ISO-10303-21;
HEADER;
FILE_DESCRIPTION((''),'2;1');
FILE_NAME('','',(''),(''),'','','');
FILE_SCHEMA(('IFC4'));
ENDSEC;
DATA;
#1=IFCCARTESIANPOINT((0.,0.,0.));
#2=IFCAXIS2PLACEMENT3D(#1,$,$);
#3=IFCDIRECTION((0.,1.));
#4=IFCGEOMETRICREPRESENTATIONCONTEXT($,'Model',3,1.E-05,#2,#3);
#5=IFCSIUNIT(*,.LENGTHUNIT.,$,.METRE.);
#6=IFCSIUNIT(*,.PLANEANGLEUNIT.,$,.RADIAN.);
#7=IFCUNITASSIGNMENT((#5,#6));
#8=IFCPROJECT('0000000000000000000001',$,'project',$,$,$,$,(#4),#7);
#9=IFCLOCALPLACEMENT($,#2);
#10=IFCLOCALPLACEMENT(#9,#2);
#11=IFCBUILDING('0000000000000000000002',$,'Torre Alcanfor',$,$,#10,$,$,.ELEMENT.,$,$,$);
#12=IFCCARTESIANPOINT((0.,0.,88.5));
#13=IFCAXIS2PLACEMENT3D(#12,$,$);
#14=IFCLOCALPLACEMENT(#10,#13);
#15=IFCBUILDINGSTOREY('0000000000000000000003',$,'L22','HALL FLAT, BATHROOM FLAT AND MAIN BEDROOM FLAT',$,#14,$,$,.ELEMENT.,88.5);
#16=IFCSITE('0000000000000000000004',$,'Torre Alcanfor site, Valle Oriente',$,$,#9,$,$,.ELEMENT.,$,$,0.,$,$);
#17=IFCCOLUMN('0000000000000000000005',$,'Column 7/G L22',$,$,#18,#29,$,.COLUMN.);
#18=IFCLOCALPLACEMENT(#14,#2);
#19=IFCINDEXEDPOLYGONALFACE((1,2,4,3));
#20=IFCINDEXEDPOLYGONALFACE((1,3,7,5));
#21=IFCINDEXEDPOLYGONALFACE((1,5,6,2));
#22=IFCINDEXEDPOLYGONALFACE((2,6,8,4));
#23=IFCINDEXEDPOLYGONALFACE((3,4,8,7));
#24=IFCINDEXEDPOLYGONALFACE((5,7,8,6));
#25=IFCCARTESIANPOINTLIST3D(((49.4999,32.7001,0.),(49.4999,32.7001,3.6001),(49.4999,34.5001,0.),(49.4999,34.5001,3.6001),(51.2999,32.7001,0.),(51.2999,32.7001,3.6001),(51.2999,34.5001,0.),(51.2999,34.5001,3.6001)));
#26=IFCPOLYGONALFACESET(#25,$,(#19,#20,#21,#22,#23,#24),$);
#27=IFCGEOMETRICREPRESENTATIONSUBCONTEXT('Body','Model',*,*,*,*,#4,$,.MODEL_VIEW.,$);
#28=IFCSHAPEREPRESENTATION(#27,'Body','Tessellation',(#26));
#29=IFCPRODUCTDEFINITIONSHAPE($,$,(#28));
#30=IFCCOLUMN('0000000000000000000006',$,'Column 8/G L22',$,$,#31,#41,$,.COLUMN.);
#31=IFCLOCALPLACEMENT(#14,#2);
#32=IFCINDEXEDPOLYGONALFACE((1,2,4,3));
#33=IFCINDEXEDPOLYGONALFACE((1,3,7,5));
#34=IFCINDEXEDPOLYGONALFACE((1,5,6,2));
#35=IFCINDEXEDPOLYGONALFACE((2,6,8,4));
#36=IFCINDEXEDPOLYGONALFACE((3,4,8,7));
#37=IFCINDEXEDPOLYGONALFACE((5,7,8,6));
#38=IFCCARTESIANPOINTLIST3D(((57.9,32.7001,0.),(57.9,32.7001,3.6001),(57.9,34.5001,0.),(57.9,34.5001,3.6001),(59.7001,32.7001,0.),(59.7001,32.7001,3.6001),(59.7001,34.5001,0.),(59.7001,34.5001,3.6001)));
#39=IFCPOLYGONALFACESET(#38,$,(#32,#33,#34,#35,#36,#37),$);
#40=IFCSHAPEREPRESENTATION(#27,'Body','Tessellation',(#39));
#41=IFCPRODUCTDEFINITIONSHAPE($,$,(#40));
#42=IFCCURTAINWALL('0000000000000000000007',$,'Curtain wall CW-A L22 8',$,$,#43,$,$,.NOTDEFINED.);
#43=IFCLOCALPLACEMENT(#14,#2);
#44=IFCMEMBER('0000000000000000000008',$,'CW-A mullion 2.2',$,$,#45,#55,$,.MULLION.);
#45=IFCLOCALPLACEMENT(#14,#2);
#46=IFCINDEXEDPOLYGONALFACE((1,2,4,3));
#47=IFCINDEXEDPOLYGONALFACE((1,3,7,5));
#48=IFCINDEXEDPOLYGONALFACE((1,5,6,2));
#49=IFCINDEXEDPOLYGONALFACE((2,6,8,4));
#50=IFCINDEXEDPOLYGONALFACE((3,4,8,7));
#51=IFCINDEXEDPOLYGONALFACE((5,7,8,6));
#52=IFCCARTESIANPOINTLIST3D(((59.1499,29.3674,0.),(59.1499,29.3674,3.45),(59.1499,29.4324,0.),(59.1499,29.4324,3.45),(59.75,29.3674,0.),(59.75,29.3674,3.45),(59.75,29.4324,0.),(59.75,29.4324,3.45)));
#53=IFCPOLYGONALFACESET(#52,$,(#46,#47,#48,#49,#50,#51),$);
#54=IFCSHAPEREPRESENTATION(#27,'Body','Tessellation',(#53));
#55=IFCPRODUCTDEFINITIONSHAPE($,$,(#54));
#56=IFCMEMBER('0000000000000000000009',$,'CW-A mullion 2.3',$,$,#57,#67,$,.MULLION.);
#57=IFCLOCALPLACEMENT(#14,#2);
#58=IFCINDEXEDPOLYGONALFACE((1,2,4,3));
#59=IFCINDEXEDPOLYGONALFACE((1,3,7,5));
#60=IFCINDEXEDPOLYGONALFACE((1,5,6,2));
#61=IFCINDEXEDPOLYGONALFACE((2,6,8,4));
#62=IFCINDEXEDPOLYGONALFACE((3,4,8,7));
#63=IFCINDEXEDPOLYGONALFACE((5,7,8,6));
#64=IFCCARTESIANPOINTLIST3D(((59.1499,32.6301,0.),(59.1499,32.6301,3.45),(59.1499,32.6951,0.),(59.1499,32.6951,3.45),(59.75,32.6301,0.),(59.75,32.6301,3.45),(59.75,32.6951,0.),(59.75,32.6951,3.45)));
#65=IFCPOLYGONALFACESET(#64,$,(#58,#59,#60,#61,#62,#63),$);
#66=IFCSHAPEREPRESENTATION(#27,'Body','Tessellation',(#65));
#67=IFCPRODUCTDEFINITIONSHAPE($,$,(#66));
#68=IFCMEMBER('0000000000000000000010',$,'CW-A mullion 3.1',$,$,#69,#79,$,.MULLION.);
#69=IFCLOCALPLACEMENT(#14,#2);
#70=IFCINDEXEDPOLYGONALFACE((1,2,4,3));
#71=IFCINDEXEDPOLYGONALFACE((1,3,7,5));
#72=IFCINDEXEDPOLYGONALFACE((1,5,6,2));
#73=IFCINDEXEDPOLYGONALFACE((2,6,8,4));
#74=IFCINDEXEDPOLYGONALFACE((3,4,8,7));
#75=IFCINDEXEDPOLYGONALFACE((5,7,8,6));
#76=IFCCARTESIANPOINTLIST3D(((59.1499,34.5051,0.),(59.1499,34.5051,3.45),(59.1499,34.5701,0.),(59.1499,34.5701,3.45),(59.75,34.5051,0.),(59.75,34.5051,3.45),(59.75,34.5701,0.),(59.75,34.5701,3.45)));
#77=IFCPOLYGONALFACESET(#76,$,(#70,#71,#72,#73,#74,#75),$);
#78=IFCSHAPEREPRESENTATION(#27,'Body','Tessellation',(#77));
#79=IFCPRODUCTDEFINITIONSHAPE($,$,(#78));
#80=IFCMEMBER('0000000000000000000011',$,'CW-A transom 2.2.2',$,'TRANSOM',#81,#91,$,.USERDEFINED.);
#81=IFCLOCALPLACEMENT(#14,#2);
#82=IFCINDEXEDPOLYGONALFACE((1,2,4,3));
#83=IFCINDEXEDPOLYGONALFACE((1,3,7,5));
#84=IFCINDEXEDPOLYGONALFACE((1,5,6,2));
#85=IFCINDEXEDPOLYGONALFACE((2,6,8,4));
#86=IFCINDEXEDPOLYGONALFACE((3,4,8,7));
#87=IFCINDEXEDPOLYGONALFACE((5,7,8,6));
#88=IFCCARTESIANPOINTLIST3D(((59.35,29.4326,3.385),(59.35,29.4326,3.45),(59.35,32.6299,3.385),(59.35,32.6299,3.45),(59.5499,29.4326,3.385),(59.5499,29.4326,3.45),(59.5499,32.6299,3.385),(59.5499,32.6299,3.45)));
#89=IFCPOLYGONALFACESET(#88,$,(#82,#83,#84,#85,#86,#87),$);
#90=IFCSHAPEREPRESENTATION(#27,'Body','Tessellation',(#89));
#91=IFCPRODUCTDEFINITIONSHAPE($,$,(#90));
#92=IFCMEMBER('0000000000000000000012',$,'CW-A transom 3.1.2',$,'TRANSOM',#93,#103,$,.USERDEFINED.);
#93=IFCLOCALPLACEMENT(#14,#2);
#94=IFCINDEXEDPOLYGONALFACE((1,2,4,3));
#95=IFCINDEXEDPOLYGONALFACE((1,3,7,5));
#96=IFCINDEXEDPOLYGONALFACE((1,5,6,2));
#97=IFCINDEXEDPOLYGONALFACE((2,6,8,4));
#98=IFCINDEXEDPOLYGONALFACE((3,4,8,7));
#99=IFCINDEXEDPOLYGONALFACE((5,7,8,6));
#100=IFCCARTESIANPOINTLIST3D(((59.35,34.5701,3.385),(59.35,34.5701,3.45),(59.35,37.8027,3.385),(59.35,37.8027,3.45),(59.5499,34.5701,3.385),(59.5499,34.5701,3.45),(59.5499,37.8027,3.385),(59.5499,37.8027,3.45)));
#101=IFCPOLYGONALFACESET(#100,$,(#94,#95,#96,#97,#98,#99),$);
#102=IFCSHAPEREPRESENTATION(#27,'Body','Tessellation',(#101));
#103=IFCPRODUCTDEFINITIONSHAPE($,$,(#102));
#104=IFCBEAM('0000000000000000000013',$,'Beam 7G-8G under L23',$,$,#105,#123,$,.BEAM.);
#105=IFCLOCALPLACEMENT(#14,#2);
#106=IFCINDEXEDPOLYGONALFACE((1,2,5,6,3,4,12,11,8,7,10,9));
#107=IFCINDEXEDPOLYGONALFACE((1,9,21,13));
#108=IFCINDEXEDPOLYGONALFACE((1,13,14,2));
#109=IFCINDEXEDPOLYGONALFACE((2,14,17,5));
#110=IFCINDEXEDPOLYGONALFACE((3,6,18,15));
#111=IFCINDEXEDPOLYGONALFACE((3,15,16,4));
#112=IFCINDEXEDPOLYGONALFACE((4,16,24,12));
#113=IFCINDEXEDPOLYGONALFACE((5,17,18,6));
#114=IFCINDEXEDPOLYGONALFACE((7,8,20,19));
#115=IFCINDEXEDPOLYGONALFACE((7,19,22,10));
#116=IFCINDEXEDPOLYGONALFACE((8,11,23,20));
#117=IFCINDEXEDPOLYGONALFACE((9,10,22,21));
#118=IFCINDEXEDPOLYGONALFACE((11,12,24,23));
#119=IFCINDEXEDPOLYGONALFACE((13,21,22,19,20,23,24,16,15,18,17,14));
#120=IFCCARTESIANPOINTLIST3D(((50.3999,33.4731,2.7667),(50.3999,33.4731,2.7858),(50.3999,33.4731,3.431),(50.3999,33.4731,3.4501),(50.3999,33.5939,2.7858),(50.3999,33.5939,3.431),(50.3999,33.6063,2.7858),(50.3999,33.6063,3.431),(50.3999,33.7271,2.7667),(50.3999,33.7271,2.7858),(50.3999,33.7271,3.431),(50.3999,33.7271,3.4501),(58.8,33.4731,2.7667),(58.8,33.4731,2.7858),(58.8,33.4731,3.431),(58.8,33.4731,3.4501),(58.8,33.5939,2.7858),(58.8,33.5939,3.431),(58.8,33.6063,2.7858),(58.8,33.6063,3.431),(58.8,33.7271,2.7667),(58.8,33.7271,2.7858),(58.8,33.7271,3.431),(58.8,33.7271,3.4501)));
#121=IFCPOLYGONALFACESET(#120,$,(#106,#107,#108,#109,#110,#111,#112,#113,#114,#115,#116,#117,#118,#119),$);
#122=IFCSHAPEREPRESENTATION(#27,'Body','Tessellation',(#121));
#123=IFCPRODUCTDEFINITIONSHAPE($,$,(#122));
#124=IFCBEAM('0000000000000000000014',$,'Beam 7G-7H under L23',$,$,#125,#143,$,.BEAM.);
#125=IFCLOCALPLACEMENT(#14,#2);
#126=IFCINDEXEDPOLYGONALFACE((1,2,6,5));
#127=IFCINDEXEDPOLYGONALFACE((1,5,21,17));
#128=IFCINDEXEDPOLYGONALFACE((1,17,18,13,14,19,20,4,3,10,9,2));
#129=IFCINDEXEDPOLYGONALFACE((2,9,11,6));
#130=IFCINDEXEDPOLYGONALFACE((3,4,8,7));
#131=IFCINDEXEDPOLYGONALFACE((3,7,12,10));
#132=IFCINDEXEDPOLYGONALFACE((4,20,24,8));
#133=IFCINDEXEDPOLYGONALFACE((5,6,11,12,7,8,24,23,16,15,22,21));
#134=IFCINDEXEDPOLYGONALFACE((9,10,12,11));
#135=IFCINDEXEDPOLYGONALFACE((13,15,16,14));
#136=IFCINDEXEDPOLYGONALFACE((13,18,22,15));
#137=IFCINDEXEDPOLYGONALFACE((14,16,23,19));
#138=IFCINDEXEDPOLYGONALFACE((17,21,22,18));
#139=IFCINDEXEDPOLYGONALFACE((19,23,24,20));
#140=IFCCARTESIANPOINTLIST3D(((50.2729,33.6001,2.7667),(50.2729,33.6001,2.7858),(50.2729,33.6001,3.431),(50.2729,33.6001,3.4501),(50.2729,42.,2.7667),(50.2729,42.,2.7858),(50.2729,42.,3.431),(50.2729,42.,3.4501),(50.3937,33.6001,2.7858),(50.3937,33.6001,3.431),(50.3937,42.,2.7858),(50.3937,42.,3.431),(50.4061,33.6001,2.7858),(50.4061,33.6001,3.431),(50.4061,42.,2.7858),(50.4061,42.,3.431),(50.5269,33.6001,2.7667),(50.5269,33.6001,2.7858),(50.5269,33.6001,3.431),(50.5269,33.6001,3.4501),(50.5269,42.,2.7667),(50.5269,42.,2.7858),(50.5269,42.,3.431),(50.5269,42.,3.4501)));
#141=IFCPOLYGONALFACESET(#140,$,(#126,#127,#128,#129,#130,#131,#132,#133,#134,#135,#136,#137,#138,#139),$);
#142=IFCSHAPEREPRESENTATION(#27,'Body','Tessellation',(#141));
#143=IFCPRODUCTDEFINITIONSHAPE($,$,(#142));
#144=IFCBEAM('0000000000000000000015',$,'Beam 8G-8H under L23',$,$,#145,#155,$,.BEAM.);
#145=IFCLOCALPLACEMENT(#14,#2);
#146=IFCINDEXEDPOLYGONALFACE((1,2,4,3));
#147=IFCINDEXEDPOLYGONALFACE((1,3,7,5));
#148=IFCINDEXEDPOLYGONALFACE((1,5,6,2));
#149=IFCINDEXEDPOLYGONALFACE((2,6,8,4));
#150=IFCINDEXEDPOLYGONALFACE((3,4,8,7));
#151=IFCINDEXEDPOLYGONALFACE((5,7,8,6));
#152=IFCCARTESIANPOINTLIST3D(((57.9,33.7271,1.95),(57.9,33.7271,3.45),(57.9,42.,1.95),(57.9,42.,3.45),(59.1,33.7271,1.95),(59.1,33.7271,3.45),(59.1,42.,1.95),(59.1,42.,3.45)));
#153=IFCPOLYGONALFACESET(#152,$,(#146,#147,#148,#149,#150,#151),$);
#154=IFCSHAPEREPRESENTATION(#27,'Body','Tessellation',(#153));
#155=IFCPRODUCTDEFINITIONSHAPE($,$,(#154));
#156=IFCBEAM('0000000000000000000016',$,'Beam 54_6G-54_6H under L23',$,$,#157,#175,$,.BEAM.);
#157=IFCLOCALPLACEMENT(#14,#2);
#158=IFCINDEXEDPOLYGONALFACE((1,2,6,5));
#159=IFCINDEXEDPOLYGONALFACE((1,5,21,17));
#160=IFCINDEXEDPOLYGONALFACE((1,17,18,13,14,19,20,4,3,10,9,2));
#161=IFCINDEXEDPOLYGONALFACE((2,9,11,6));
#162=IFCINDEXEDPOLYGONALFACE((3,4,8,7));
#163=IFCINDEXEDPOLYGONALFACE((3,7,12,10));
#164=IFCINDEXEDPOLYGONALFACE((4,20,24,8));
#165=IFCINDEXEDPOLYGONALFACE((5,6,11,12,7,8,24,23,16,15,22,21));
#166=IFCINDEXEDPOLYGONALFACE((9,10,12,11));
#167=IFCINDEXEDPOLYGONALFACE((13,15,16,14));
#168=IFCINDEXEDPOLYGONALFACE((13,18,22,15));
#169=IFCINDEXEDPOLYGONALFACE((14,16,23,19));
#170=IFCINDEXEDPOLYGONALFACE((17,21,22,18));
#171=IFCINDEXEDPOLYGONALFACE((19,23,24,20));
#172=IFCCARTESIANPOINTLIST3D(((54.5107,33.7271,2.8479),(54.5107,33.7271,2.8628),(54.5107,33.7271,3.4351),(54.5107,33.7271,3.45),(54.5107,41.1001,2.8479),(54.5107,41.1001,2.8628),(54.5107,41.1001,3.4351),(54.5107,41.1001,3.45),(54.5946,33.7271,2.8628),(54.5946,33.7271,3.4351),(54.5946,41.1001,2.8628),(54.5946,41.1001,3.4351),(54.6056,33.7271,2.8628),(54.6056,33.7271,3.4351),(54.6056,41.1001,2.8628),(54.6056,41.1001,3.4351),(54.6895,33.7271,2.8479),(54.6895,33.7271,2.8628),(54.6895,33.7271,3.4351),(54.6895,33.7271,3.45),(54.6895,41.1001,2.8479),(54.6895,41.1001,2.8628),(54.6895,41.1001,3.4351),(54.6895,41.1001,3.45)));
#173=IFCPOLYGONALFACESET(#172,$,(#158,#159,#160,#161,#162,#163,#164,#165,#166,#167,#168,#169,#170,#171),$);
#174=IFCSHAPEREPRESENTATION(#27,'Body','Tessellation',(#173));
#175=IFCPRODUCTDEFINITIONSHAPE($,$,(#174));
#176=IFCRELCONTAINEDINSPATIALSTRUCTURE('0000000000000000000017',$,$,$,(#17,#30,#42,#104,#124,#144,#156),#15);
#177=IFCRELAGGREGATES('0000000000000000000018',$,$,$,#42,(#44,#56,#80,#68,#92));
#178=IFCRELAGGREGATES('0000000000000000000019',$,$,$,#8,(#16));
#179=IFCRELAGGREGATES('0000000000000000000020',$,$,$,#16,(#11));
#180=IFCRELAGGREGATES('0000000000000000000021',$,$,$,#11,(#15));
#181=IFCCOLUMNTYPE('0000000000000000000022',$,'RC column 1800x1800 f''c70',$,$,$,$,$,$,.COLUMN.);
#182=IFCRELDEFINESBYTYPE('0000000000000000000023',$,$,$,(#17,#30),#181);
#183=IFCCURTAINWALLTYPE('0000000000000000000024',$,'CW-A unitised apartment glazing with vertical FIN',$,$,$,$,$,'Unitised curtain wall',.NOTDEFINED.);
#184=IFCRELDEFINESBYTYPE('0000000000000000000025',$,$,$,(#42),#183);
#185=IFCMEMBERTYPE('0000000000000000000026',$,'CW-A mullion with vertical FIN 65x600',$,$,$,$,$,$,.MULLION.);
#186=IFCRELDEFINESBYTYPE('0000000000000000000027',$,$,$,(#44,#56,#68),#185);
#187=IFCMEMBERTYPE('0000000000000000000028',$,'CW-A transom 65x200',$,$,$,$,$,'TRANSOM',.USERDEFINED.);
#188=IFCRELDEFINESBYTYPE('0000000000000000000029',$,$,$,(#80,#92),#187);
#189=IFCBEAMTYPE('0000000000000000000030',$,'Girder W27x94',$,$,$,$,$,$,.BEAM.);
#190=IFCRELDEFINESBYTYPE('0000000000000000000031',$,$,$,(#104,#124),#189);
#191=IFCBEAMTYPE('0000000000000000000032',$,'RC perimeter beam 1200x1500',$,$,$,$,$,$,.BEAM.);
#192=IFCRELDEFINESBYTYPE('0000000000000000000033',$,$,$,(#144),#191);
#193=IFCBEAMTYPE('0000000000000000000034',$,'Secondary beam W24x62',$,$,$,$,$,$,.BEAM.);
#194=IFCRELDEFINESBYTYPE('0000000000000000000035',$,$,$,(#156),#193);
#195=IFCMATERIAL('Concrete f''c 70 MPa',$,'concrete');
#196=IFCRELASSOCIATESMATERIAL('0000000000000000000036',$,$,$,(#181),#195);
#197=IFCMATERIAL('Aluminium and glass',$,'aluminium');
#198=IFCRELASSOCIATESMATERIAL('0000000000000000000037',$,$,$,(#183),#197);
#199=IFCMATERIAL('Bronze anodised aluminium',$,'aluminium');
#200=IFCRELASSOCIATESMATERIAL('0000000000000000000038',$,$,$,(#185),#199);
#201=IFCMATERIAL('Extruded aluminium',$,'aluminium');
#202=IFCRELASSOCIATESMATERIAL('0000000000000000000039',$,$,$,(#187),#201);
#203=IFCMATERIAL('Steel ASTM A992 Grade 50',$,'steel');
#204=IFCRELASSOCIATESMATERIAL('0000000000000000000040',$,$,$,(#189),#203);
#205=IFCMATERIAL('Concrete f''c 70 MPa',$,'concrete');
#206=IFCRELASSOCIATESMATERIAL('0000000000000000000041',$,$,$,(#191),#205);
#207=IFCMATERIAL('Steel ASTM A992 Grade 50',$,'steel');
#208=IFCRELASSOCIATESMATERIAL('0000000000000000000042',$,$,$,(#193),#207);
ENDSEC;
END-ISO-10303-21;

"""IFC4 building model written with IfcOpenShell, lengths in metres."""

from ifc_helpers import new_model, si_unit, direction, frame, origin, origin_2d, place, context, subcontext, project, spatial, rectangle, i_section, extrude, material, material_profile, profile_set, type_object, element, aggregate, save


model = new_model("IFC4")

# Units and contexts
model_context = context("Model", 3, precision=1e-05, world=origin(), true_north=direction((0.0, 1.0)))
body_context = subcontext(model_context, "Body", "Model", "MODEL_VIEW")
ifc_project = project(units=[si_unit("LENGTHUNIT", "METRE"), si_unit("PLANEANGLEUNIT", "RADIAN")], contexts=[model_context])

# Site, building, storey
site_placement = place(None, origin())
site = spatial("IfcSite", under=ifc_project, at=site_placement, Name="Torre Alcanfor site, Valle Oriente", CompositionType="ELEMENT", RefElevation=0.0)
building_placement = place(site_placement, origin())
building = spatial("IfcBuilding", under=site, at=building_placement, Name="Torre Alcanfor", CompositionType="ELEMENT")
storey_placement = place(building_placement, frame((0.0, 0.0, 88.5)))
storey = spatial("IfcBuildingStorey", under=building, at=storey_placement, Name="L22", Description="HALL FLAT, BATHROOM FLAT AND MAIN BEDROOM FLAT", CompositionType="ELEMENT", Elevation=88.5)

# Columns
ifc_material_1 = material(Name="Concrete f'c 70 MPa", Category="concrete")
ifc_material_profile_1 = material_profile(ifc_material_1, rectangle(XDim=1.8, YDim=1.8, at=origin_2d()), Name="1800x1800")
ifc_profile_set_1 = profile_set([ifc_material_profile_1], Name="Concrete f'c 70 MPa")
column_type = type_object("IfcColumnType", Name="RC column 1800x1800 f'c70", PredefinedType="COLUMN", material=ifc_profile_set_1)
for number, where, z_axis, x_axis, name in (
    (1, (50.3999, 33.6001, 0.0), (0.0, 0.0, 1.0), (1.0, 0.0, 0.0), "Column 7/G L22"),
    (2, (58.8, 33.6001, 0.0), (0.0, 0.0, 1.0), (1.0, 0.0, 0.0), "Column 8/G L22"),
):
    element("IfcColumn", number, at=place(storey_placement, frame(where, z_axis=z_axis, x_axis=x_axis)), inside=storey, type_object=column_type, Name=name, PredefinedType="COLUMN", context=body_context, shape_type="SweptSolid", body=[
        extrude(rectangle(XDim=1.8, YDim=1.8, at=origin_2d()), origin(), (0.0, 0.0, 1.0), 3.6001),
    ])

# Curtain wall, members
ifc_material_2 = material(Name="Aluminium and glass", Category="aluminium")
curtain_wall_type = type_object("IfcCurtainWallType", Name="CW-A unitised apartment glazing with vertical FIN", ElementType="Unitised curtain wall", PredefinedType="NOTDEFINED", material=ifc_material_2)
curtain_wall_placement = place(storey_placement, origin())
curtain_wall = element("IfcCurtainWall", 3, at=curtain_wall_placement, inside=storey, type_object=curtain_wall_type, Name="Curtain wall CW-A L22 8", PredefinedType="NOTDEFINED")
ifc_material_3 = material(Name="Bronze anodised aluminium", Category="aluminium")
ifc_material_profile_2 = material_profile(ifc_material_3, rectangle(XDim=0.6001, YDim=0.0649, at=origin_2d()), Name="CW-A mullion 65x600")
ifc_profile_set_2 = profile_set([ifc_material_profile_2], Name="Bronze anodised aluminium")
member_type_1 = type_object("IfcMemberType", Name="CW-A mullion with vertical FIN 65x600", PredefinedType="MULLION", material=ifc_profile_set_2)
member_1_placement = place(storey_placement, frame((59.45, 29.3999, 0.0), z_axis=(0.0, 0.0, 1.0), x_axis=(-1.0, 0.0, 0.0)))
member_1 = element("IfcMember", 4, at=member_1_placement, type_object=member_type_1, Name="CW-A mullion 2.2", PredefinedType="MULLION", context=body_context, shape_type="SweptSolid", body=[
    extrude(rectangle(XDim=0.6001, YDim=0.0649, at=origin_2d()), origin(), (0.0, 0.0, 1.0), 3.45),
])
member_2_placement = place(storey_placement, frame((59.45, 32.6626, 0.0), z_axis=(0.0, 0.0, 1.0), x_axis=(-1.0, 0.0, 0.0)))
member_2 = element("IfcMember", 5, at=member_2_placement, type_object=member_type_1, Name="CW-A mullion 2.3", PredefinedType="MULLION", context=body_context, shape_type="SweptSolid", body=[
    extrude(rectangle(XDim=0.6001, YDim=0.0649, at=origin_2d()), origin(), (0.0, 0.0, 1.0), 3.45),
])
member_3_placement = place(storey_placement, frame((59.45, 34.5376, 0.0), z_axis=(0.0, 0.0, 1.0), x_axis=(-1.0, 0.0, 0.0)))
member_3 = element("IfcMember", 6, at=member_3_placement, type_object=member_type_1, Name="CW-A mullion 3.1", PredefinedType="MULLION", context=body_context, shape_type="SweptSolid", body=[
    extrude(rectangle(XDim=0.6001, YDim=0.0649, at=origin_2d()), origin(), (0.0, 0.0, 1.0), 3.45),
])
ifc_material_4 = material(Name="Extruded aluminium", Category="aluminium")
ifc_material_profile_3 = material_profile(ifc_material_4, rectangle(XDim=0.2, YDim=0.0649, at=origin_2d()), Name="CW-A transom 200x65")
ifc_profile_set_3 = profile_set([ifc_material_profile_3], Name="Extruded aluminium")
member_type_2 = type_object("IfcMemberType", Name="CW-A transom 65x200", ElementType="TRANSOM", PredefinedType="USERDEFINED", material=ifc_profile_set_3)
member_4_placement = place(storey_placement, frame((59.45, 29.4326, 3.4175), z_axis=(0.0, 1.0, 0.0), x_axis=(-1.0, 0.0, 0.0)))
member_4 = element("IfcMember", 7, at=member_4_placement, type_object=member_type_2, Name="CW-A transom 2.2.2", ObjectType="TRANSOM", PredefinedType="USERDEFINED", context=body_context, shape_type="SweptSolid", body=[
    extrude(rectangle(XDim=0.2, YDim=0.0649, at=origin_2d()), origin(), (0.0, 0.0, 1.0), 3.1973),
])
member_5_placement = place(storey_placement, frame((59.45, 34.5701, 3.4175), z_axis=(0.0, 1.0, 0.0), x_axis=(-1.0, 0.0, 0.0)))
member_5 = element("IfcMember", 8, at=member_5_placement, type_object=member_type_2, Name="CW-A transom 3.1.2", ObjectType="TRANSOM", PredefinedType="USERDEFINED", context=body_context, shape_type="SweptSolid", body=[
    extrude(rectangle(XDim=0.2, YDim=0.0649, at=origin_2d()), origin(), (0.0, 0.0, 1.0), 3.2327),
])

# Beams
ifc_material_5 = material(Name="Steel ASTM A992 Grade 50", Category="steel")
ifc_material_profile_4 = material_profile(ifc_material_5, i_section(OverallWidth=0.2539, OverallDepth=0.6833, WebThickness=0.0125, FlangeThickness=0.019, at=origin_2d()), Name="W27x94")
ifc_profile_set_4 = profile_set([ifc_material_profile_4], Name="Steel ASTM A992 Grade 50")
beam_type_1 = type_object("IfcBeamType", Name="Girder W27x94", PredefinedType="BEAM", material=ifc_profile_set_4)
beam_1_placement = place(storey_placement, frame((50.3999, 33.6001, 3.1084), z_axis=(1.0, 0.0, 0.0), x_axis=(0.0, 1.0, 0.0)))
element("IfcBeam", 9, at=beam_1_placement, inside=storey, type_object=beam_type_1, Name="Beam 7G-8G under L23", PredefinedType="BEAM", context=body_context, shape_type="SweptSolid", body=[
    extrude(i_section(OverallWidth=0.2539, OverallDepth=0.6833, WebThickness=0.0125, FlangeThickness=0.019, at=origin_2d()), origin(), (0.0, 0.0, 1.0), 8.4001),
])
beam_2_placement = place(storey_placement, frame((50.3999, 33.6001, 3.1084), z_axis=(0.0, 1.0, 0.0), x_axis=(-1.0, 0.0, 0.0)))
element("IfcBeam", 10, at=beam_2_placement, inside=storey, type_object=beam_type_1, Name="Beam 7G-7H under L23", PredefinedType="BEAM", context=body_context, shape_type="SweptSolid", body=[
    extrude(i_section(OverallWidth=0.2539, OverallDepth=0.6833, WebThickness=0.0125, FlangeThickness=0.019, at=origin_2d()), origin(), (0.0, 0.0, 1.0), 8.3999),
])
ifc_material_6 = material(Name="Concrete f'c 70 MPa", Category="concrete")
ifc_material_profile_5 = material_profile(ifc_material_6, rectangle(XDim=1.2, YDim=1.5, at=origin_2d()), Name="1200x1500")
ifc_profile_set_5 = profile_set([ifc_material_profile_5], Name="Concrete f'c 70 MPa")
beam_type_2 = type_object("IfcBeamType", Name="RC perimeter beam 1200x1500", PredefinedType="BEAM", material=ifc_profile_set_5)
beam_3_placement = place(storey_placement, frame((58.5, 33.7271, 2.7), z_axis=(0.0, 1.0, 0.0), x_axis=(-1.0, 0.0, 0.0)))
element("IfcBeam", 11, at=beam_3_placement, inside=storey, type_object=beam_type_2, Name="Beam 8G-8H under L23", PredefinedType="BEAM", context=body_context, shape_type="SweptSolid", body=[
    extrude(rectangle(XDim=1.2, YDim=1.5, at=origin_2d()), origin(), (0.0, 0.0, 1.0), 8.2729),
])
ifc_material_7 = material(Name="Steel ASTM A992 Grade 50", Category="steel")
ifc_material_profile_6 = material_profile(ifc_material_7, i_section(OverallWidth=0.1787, OverallDepth=0.6021, WebThickness=0.011, FlangeThickness=0.0149, at=origin_2d()), Name="W24x62")
ifc_profile_set_6 = profile_set([ifc_material_profile_6], Name="Steel ASTM A992 Grade 50")
beam_type_3 = type_object("IfcBeamType", Name="Secondary beam W24x62", PredefinedType="BEAM", material=ifc_profile_set_6)
beam_4_placement = place(storey_placement, frame((54.6001, 33.7271, 3.1489), z_axis=(0.0, 1.0, 0.0), x_axis=(-1.0, 0.0, 0.0)))
element("IfcBeam", 12, at=beam_4_placement, inside=storey, type_object=beam_type_3, Name="Beam 54_6G-54_6H under L23", PredefinedType="BEAM", context=body_context, shape_type="SweptSolid", body=[
    extrude(i_section(OverallWidth=0.1787, OverallDepth=0.6021, WebThickness=0.011, FlangeThickness=0.0149, at=origin_2d()), origin(), (0.0, 0.0, 1.0), 7.373),
])

aggregate(curtain_wall, [member_1, member_2, member_4, member_3, member_5])

save(model, "model.ifc")
